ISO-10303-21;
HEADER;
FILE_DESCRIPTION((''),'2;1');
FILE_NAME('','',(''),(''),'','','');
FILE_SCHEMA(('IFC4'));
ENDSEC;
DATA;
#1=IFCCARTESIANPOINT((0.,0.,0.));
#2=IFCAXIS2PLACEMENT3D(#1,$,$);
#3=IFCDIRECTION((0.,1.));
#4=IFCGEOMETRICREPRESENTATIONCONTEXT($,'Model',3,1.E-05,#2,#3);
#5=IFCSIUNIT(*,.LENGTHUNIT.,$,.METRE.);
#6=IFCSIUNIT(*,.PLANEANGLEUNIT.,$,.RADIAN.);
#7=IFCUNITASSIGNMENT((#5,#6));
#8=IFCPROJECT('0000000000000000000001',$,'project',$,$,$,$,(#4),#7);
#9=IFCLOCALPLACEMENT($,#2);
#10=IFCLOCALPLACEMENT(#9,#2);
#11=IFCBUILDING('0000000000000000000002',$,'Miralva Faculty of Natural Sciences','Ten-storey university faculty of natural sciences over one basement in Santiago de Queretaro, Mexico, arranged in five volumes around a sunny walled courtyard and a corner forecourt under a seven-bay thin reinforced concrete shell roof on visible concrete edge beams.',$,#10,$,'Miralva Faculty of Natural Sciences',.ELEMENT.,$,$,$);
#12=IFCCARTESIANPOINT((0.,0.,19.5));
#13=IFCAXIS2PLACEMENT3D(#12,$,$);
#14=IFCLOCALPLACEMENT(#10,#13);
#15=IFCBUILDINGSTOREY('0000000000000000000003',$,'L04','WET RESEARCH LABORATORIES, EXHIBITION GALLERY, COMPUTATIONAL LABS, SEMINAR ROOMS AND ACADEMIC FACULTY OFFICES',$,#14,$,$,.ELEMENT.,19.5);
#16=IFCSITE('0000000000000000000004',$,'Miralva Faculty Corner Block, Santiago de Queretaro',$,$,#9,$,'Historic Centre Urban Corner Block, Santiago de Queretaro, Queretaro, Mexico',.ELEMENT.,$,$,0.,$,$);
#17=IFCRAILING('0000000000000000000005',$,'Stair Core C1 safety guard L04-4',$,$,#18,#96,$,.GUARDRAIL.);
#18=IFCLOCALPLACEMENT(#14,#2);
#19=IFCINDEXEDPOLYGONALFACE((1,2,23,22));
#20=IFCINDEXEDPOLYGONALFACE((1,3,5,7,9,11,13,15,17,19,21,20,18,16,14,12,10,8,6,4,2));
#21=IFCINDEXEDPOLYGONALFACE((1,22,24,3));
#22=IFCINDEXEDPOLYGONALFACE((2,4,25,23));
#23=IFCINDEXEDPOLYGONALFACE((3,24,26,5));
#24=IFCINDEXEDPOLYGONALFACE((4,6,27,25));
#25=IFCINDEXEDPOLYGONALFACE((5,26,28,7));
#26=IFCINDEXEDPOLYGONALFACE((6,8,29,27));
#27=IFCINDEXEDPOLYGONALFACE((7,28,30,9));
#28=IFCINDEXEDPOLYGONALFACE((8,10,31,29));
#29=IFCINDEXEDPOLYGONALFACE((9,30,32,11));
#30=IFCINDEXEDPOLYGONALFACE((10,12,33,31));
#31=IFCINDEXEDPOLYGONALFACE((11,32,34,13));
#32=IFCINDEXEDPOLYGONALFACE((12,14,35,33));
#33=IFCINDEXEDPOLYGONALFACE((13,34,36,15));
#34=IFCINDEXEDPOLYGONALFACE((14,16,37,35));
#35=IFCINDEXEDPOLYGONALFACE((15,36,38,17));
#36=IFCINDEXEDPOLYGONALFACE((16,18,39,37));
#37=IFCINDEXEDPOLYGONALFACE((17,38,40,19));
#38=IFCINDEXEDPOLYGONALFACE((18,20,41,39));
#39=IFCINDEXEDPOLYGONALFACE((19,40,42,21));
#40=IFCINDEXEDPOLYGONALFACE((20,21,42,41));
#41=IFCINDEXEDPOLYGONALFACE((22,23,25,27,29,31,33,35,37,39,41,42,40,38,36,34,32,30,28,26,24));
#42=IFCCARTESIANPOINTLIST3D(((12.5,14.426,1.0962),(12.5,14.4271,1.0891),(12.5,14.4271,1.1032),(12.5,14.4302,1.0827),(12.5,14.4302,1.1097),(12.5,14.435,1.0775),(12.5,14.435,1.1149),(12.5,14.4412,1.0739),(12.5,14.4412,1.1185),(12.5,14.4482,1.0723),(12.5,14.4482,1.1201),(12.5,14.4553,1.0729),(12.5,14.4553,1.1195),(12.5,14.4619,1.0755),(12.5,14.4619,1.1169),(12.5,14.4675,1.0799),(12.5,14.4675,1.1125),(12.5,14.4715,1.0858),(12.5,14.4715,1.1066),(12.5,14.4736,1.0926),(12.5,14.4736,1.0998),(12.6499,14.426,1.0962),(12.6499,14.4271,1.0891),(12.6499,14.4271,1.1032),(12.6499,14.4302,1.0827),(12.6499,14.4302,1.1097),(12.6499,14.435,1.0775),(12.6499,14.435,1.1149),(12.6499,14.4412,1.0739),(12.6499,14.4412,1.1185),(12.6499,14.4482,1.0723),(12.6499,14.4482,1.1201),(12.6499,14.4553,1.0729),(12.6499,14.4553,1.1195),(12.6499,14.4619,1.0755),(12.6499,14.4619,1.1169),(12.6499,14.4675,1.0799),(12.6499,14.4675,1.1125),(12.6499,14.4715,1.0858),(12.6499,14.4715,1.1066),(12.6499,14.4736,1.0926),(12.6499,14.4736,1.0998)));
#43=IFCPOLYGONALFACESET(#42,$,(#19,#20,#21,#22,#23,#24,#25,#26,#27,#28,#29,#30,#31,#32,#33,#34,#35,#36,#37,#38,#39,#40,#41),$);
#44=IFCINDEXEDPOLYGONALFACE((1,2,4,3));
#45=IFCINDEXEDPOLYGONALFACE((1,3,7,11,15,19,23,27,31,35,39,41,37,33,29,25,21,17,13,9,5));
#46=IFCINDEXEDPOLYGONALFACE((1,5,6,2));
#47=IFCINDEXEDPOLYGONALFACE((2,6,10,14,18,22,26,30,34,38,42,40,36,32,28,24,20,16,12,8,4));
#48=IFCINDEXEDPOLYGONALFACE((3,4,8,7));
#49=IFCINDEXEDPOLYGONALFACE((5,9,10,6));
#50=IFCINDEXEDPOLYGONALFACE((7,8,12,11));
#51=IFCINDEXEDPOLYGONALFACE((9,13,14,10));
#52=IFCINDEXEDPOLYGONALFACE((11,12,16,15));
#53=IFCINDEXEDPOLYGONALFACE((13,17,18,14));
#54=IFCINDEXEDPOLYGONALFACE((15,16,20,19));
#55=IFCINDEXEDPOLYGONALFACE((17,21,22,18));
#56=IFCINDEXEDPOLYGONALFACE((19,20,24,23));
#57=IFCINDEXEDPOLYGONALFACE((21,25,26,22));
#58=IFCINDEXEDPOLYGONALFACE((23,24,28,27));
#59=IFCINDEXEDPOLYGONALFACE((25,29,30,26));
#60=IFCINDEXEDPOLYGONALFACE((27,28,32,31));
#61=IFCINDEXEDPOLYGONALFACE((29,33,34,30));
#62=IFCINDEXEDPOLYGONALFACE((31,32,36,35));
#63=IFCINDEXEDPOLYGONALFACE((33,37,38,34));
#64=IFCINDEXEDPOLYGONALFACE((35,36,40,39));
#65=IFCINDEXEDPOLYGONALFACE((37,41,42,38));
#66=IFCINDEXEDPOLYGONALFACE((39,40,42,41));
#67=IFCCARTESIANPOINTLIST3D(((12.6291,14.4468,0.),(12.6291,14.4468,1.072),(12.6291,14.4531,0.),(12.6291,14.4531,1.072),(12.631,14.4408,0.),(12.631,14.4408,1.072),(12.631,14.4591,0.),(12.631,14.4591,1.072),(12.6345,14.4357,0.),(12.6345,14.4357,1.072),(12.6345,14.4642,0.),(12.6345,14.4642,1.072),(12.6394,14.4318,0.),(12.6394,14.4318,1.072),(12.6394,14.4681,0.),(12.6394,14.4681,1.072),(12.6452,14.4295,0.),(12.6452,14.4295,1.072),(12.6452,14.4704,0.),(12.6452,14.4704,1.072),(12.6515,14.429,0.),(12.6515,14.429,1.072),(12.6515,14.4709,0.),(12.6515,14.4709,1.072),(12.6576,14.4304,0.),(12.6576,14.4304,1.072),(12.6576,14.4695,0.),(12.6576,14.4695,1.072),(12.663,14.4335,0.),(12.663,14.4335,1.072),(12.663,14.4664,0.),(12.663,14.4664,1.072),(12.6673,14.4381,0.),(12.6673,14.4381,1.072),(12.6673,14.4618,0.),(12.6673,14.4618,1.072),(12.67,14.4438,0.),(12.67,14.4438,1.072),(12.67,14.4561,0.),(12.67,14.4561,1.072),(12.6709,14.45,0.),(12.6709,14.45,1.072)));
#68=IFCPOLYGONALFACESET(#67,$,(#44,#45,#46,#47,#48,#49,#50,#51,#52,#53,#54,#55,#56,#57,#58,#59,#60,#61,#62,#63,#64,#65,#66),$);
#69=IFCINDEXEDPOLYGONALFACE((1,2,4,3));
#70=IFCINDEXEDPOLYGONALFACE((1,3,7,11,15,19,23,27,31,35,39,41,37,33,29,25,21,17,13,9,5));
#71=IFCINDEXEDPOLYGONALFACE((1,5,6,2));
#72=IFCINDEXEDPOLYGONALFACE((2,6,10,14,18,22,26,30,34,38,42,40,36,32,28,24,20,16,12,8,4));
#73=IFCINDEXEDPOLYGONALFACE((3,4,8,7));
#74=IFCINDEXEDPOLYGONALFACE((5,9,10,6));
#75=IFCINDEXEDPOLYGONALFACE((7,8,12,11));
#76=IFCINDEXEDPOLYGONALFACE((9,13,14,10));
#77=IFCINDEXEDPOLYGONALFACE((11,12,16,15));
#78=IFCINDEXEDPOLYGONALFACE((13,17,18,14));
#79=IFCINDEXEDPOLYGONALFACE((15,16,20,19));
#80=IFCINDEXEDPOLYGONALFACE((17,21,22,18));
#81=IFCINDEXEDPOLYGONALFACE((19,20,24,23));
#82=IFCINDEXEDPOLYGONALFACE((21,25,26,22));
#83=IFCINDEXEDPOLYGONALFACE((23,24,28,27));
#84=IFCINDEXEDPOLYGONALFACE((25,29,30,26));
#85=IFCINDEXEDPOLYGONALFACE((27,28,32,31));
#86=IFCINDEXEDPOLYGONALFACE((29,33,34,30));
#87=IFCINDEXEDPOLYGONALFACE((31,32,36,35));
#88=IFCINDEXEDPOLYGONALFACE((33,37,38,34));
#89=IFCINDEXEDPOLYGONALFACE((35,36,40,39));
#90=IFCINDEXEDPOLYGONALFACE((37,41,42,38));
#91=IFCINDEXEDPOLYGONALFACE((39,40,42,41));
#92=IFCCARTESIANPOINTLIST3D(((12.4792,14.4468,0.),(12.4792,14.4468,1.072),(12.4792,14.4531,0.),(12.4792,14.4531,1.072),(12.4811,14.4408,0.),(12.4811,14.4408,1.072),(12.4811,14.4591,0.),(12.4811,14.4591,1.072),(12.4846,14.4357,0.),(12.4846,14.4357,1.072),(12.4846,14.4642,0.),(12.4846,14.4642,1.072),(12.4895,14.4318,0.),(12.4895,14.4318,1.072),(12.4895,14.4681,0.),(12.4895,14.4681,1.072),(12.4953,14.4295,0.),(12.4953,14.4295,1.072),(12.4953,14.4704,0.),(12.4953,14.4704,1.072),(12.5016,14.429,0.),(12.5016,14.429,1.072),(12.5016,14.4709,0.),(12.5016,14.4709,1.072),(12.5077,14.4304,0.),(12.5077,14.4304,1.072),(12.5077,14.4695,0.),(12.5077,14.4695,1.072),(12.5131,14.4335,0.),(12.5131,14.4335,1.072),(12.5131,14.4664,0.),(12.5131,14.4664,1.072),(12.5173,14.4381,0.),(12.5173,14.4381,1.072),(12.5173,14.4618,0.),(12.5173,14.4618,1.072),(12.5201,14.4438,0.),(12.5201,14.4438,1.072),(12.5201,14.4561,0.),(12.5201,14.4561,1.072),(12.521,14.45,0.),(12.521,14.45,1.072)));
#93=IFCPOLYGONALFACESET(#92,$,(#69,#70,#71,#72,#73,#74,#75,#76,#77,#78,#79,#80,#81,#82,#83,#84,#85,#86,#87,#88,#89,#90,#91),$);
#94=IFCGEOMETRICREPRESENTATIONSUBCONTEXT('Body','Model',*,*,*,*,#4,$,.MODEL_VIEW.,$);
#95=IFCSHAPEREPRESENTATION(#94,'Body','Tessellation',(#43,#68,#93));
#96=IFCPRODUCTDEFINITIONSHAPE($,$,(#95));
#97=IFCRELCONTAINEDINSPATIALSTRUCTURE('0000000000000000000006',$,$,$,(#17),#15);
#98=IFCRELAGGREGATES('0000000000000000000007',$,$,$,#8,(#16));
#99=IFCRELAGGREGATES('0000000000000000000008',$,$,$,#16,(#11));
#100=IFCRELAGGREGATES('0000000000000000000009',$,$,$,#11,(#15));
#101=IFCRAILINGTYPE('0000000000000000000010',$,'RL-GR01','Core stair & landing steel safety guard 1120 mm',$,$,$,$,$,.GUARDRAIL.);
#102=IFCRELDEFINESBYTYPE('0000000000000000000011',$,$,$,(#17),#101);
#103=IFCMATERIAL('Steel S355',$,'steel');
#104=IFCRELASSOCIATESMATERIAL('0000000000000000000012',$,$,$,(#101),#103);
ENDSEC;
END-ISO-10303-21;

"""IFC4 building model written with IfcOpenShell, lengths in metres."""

from ifc_helpers import new_model, si_unit, direction, frame, origin, origin_2d, place, context, subcontext, project, spatial, circle, extrude, material, type_object, element, save


model = new_model("IFC4")

# Units and contexts
model_context = context("Model", 3, precision=1e-05, world=origin(), true_north=direction((0.0, 1.0)))
body_context = subcontext(model_context, "Body", "Model", "MODEL_VIEW")
ifc_project = project(units=[si_unit("LENGTHUNIT", "METRE"), si_unit("PLANEANGLEUNIT", "RADIAN")], contexts=[model_context])

# Site, building, storey
site_placement = place(None, origin())
site = spatial("IfcSite", under=ifc_project, at=site_placement, Name="Miralva Faculty Corner Block, Santiago de Queretaro", LongName="Historic Centre Urban Corner Block, Santiago de Queretaro, Queretaro, Mexico", CompositionType="ELEMENT", RefElevation=0.0)
building_placement = place(site_placement, origin())
building = spatial("IfcBuilding", under=site, at=building_placement, Name="Miralva Faculty of Natural Sciences", Description="Ten-storey university faculty of natural sciences over one basement in Santiago de Queretaro, Mexico, arranged in five volumes around a sunny walled courtyard and a corner forecourt under a seven-bay thin reinforced concrete shell roof on visible concrete edge beams.", LongName="Miralva Faculty of Natural Sciences", CompositionType="ELEMENT")
storey_placement = place(building_placement, frame((0.0, 0.0, 19.5)))
storey = spatial("IfcBuildingStorey", under=building, at=storey_placement, Name="L04", Description="WET RESEARCH LABORATORIES, EXHIBITION GALLERY, COMPUTATIONAL LABS, SEMINAR ROOMS AND ACADEMIC FACULTY OFFICES", CompositionType="ELEMENT", Elevation=19.5)

# Railing
ifc_material_1 = material(Name="Steel S355", Category="steel")
railing_type_1 = type_object("IfcRailingType", Name="RL-GR01", Description="Core stair & landing steel safety guard 1120 mm", PredefinedType="GUARDRAIL", material=ifc_material_1)
railing_1_placement = place(storey_placement, frame((12.6499, 14.45, 0.0)))
element("IfcRailing", 1, at=railing_1_placement, inside=storey, type_object=railing_type_1, Name="Stair Core C1 safety guard L04-4", PredefinedType="GUARDRAIL", context=body_context, shape_type="SweptSolid", body=[
    extrude(circle(Radius=0.0239, at=origin_2d()), frame((0.0, 0.0, 1.0962), z_axis=(-1.0, 0.0, 0.0), x_axis=(0.0, -1.0, 0.0)), (0.0, 0.0, 1.0), 0.1499),
    extrude(circle(Radius=0.021, at=origin_2d()), origin(), (0.0, 0.0, 1.0), 1.072),
    extrude(circle(Radius=0.021, at=origin_2d()), frame((-0.1499, 0.0, 0.0)), (0.0, 0.0, 1.0), 1.072),
])

save(model, "model.ifc")
